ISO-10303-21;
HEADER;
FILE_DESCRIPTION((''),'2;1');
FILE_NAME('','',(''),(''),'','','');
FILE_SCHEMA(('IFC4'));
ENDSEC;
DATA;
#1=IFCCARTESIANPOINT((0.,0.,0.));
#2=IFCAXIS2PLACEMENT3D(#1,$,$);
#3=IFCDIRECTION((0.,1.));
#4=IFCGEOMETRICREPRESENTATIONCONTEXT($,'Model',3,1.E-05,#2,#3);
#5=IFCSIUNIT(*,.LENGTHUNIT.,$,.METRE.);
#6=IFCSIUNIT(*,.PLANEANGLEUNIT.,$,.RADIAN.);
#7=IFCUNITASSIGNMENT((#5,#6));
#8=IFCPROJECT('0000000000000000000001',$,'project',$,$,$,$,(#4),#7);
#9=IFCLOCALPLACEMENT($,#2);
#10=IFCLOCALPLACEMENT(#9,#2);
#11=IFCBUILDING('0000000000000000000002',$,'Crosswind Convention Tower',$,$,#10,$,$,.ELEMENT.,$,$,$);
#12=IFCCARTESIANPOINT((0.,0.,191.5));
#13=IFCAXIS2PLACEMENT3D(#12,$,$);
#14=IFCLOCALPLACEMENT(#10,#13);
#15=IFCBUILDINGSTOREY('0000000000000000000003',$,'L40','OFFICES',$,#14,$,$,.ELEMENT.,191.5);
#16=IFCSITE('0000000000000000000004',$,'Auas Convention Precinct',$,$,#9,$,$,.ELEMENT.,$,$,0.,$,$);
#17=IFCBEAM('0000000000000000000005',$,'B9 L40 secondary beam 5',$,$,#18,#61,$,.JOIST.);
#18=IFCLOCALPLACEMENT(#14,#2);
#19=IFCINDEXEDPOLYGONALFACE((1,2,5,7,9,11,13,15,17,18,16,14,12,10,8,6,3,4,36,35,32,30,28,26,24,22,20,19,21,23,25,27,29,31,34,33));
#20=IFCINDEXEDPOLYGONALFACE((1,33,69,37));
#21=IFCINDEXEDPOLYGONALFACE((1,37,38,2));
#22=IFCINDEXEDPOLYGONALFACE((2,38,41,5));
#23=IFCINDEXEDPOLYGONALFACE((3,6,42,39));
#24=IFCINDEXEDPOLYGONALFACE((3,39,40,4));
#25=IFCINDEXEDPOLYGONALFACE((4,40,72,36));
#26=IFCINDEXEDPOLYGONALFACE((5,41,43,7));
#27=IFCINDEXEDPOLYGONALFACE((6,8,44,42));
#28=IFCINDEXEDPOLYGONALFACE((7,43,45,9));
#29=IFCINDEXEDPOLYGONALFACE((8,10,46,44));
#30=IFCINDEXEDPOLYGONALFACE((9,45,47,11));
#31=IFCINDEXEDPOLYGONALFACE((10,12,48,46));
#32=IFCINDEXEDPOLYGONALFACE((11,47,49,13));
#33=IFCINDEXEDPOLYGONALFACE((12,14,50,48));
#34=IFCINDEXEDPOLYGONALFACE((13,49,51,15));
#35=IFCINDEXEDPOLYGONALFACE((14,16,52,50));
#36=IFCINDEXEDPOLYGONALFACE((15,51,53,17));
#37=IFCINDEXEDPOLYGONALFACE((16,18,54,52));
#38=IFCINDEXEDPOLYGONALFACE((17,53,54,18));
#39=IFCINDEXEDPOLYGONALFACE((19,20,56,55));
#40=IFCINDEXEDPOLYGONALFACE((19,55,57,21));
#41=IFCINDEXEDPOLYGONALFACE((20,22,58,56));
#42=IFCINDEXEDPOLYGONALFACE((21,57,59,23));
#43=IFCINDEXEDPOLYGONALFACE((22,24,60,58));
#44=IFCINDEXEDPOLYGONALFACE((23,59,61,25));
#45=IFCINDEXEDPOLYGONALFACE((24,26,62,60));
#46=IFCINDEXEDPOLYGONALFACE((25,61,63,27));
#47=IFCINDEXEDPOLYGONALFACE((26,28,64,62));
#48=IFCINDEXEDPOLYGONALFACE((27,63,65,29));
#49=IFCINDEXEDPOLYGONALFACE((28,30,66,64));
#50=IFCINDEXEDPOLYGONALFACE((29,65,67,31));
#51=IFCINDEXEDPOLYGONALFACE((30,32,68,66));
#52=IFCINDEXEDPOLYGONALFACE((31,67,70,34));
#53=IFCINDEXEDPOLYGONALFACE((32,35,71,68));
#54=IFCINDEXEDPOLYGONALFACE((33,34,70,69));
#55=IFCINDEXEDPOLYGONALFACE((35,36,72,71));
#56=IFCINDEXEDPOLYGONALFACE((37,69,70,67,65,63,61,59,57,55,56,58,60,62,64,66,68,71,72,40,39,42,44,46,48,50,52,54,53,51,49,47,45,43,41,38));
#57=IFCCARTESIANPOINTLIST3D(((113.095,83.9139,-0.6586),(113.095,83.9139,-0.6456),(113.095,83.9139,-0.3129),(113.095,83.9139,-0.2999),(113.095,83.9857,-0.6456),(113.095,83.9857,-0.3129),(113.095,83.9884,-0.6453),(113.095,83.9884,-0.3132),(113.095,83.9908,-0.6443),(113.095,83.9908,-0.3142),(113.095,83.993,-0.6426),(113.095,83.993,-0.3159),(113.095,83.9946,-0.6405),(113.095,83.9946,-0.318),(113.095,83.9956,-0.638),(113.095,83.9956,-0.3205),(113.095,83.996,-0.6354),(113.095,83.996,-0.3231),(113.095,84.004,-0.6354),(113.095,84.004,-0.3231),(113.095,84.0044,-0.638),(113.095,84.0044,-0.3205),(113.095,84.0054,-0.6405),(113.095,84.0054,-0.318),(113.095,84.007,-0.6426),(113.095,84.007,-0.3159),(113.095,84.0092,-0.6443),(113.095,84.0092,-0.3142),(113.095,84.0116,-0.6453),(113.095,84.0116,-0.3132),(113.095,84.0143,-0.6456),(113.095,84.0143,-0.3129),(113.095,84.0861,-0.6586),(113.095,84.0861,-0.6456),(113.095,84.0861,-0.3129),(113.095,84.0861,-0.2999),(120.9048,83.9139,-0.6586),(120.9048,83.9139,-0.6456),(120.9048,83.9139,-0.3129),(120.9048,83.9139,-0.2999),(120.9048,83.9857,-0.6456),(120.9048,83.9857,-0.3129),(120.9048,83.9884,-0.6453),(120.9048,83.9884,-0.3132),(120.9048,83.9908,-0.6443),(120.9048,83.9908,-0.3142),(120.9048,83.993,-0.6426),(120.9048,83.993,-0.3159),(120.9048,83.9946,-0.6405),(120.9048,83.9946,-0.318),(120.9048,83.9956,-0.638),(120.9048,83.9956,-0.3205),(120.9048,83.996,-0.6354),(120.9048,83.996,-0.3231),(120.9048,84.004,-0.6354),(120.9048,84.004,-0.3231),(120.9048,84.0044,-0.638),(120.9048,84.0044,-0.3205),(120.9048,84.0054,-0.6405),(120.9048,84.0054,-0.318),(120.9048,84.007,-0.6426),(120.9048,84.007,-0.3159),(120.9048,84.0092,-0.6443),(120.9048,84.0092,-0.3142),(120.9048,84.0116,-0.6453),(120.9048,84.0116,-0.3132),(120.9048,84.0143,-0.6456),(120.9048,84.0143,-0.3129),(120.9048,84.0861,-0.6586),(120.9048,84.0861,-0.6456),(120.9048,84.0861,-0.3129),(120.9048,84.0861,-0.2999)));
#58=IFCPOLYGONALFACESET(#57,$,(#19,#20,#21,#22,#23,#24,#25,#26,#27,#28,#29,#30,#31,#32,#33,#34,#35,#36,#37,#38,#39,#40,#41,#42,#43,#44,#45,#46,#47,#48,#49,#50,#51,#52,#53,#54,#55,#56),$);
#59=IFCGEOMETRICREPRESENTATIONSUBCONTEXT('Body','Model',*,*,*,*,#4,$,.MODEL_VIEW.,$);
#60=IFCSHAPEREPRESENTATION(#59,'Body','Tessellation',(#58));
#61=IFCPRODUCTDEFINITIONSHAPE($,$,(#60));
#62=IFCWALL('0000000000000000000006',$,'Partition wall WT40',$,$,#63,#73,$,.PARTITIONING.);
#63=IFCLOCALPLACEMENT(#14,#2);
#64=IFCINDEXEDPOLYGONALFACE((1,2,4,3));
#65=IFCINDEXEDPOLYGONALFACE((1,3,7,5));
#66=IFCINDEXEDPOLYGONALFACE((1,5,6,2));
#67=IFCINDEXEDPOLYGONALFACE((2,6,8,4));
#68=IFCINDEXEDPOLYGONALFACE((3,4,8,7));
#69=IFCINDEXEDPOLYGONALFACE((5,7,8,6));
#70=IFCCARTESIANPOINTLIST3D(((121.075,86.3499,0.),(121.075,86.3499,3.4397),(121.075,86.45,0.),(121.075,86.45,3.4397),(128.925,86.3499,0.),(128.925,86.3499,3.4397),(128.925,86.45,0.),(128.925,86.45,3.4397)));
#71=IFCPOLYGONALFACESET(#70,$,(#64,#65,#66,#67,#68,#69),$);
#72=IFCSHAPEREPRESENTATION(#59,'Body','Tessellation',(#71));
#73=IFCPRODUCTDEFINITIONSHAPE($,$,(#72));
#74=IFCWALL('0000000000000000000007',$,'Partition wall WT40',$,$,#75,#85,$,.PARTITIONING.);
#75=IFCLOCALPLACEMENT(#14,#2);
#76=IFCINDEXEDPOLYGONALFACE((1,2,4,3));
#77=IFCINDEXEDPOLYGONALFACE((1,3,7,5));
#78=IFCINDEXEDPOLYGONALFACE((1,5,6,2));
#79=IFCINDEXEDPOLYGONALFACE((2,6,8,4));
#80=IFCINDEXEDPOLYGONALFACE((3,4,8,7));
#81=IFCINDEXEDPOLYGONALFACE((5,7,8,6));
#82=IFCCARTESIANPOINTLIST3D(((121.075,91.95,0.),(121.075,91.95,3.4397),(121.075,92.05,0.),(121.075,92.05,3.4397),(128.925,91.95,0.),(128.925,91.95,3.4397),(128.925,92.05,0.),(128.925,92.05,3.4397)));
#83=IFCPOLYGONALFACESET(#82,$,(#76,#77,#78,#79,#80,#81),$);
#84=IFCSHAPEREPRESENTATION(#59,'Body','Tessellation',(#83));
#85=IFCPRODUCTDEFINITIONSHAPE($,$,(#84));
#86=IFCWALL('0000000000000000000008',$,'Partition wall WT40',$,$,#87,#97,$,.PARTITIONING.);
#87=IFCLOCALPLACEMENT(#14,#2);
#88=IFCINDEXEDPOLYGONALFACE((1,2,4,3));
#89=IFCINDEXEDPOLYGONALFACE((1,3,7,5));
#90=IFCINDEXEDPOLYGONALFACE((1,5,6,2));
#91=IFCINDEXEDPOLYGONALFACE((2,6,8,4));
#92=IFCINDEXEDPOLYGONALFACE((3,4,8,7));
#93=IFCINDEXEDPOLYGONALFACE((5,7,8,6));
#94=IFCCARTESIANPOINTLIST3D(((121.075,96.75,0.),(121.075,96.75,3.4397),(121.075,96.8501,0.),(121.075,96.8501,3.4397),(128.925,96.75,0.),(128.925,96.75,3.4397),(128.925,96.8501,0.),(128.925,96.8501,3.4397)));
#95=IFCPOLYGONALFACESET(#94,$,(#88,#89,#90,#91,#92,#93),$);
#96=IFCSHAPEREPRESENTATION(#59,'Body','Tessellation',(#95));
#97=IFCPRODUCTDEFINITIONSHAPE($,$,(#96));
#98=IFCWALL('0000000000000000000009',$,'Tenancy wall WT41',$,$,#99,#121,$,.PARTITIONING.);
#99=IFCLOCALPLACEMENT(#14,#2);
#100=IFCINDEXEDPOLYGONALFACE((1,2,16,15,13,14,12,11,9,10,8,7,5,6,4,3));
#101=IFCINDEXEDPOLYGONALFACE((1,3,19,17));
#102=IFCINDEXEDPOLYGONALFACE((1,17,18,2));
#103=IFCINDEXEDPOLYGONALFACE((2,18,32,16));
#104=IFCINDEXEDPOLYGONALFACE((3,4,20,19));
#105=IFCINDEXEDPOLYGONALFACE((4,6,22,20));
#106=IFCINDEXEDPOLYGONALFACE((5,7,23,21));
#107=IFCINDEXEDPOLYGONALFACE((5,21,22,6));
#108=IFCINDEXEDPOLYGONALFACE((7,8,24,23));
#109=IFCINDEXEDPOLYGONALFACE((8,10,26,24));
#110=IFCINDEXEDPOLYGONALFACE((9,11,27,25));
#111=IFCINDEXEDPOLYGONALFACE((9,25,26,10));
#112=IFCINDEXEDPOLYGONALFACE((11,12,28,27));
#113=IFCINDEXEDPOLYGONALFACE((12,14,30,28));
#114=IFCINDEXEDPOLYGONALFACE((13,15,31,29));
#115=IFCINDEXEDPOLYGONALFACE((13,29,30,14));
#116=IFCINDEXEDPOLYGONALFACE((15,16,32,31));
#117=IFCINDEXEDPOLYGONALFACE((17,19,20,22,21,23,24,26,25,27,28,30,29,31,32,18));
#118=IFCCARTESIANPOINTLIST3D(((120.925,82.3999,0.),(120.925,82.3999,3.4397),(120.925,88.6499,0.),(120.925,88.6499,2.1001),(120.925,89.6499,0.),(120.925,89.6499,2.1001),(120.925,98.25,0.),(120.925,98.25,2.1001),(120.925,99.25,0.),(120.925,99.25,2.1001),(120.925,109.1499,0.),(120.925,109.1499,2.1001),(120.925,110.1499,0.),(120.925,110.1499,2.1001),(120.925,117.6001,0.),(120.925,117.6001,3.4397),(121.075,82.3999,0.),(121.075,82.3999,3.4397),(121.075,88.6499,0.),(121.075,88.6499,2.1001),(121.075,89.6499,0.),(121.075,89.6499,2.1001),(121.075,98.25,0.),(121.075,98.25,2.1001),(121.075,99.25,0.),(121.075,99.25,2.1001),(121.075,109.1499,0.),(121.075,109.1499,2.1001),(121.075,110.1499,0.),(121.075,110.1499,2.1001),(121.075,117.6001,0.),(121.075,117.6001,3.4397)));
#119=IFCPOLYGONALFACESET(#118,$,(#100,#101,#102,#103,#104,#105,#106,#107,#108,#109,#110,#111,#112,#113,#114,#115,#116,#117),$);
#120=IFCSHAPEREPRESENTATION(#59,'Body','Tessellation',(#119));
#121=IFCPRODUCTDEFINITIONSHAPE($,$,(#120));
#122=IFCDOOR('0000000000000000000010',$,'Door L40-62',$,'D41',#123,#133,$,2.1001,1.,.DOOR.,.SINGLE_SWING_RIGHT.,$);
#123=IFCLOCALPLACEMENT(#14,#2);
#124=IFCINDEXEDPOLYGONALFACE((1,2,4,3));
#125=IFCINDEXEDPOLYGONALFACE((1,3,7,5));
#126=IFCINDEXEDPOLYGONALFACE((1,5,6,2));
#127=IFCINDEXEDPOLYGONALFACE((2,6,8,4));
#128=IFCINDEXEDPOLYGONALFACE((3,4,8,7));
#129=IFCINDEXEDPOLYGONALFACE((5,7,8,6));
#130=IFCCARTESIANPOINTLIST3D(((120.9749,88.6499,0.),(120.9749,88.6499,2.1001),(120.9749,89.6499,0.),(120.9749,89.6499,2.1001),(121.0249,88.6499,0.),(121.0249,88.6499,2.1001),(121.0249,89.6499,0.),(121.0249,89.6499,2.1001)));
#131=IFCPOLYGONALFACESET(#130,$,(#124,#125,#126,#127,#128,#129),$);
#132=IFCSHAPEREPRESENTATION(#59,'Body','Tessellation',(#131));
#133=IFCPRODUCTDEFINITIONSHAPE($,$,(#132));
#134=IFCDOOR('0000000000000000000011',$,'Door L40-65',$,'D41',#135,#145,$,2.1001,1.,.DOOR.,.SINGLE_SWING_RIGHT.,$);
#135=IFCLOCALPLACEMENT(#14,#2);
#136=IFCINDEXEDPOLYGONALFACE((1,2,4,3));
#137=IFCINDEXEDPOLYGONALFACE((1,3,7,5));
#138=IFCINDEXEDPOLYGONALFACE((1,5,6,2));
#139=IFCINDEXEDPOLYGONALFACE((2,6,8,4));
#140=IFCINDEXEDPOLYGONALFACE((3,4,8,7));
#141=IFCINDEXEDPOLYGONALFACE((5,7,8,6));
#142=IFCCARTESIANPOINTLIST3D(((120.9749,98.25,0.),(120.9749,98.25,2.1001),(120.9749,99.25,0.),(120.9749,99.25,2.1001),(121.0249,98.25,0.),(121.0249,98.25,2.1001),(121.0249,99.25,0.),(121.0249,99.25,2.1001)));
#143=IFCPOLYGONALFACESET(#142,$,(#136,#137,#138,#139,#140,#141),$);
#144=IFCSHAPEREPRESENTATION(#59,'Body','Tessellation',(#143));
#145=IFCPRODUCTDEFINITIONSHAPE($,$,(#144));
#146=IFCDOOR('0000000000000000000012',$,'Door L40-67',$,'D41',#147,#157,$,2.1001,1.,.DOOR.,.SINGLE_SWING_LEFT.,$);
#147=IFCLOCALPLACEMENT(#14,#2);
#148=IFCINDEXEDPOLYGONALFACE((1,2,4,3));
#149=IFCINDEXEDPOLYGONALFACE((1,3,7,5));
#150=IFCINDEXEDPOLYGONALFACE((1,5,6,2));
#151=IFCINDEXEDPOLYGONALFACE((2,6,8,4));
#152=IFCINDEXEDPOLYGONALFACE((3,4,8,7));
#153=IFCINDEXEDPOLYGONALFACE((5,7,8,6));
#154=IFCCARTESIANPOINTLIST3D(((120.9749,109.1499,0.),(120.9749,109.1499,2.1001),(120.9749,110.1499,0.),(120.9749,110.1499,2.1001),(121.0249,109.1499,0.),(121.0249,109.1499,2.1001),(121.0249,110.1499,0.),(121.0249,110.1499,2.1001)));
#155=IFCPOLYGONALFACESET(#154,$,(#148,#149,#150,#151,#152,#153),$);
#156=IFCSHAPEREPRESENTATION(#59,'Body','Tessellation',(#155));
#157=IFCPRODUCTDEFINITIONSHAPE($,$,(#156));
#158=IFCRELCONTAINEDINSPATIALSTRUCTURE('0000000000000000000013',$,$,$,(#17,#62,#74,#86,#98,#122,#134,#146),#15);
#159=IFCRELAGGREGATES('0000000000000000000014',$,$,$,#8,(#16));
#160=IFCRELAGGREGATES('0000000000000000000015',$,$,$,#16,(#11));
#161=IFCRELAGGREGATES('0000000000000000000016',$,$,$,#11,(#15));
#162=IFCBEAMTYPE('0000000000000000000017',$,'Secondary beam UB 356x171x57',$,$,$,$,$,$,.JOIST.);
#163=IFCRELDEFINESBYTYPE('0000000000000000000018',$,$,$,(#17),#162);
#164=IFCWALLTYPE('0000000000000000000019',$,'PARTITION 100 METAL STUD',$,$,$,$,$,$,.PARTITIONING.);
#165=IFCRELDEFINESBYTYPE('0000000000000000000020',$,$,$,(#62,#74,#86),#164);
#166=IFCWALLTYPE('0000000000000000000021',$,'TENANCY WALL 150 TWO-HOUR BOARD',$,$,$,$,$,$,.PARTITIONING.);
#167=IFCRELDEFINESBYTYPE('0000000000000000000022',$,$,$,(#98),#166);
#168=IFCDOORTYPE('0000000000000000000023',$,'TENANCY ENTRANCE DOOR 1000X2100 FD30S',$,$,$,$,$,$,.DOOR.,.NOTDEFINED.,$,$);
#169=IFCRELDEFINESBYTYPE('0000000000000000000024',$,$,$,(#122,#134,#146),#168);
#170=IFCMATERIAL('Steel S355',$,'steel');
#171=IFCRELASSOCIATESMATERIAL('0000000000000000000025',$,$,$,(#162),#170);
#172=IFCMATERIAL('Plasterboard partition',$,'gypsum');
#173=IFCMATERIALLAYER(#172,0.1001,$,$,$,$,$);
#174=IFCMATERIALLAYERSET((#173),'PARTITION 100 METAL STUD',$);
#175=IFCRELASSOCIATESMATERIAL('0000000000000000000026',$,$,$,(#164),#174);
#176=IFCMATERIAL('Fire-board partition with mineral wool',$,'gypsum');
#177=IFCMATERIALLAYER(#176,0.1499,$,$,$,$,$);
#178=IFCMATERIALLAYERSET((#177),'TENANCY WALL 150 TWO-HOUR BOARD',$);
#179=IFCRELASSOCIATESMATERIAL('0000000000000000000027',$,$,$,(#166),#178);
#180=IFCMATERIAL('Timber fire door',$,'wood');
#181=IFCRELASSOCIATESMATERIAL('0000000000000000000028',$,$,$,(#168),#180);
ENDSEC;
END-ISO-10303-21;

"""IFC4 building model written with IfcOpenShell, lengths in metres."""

from ifc_helpers import new_model, si_unit, direction, frame, frame_2d, origin, origin_2d, place, context, subcontext, project, spatial, rectangle, i_section, extrude, material, layer, layer_set, material_profile, profile_set, type_object, element, fill, save


model = new_model("IFC4")

# Units and contexts
model_context = context("Model", 3, precision=1e-05, world=origin(), true_north=direction((0.0, 1.0)))
body_context = subcontext(model_context, "Body", "Model", "MODEL_VIEW")
ifc_project = project(units=[si_unit("LENGTHUNIT", "METRE"), si_unit("PLANEANGLEUNIT", "RADIAN")], contexts=[model_context])

# Site, building, storey
site_placement = place(None, origin())
site = spatial("IfcSite", under=ifc_project, at=site_placement, Name="Auas Convention Precinct", CompositionType="ELEMENT", RefElevation=0.0)
building_placement = place(site_placement, origin())
building = spatial("IfcBuilding", under=site, at=building_placement, Name="Crosswind Convention Tower", CompositionType="ELEMENT")
storey_placement = place(building_placement, frame((0.0, 0.0, 191.5)))
storey = spatial("IfcBuildingStorey", under=building, at=storey_placement, Name="L40", Description="OFFICES", CompositionType="ELEMENT", Elevation=191.5)

# Beam
ifc_material_1 = material(Name="Steel S355", Category="steel")
ifc_material_profile_1 = material_profile(ifc_material_1, i_section(OverallWidth=0.1721, OverallDepth=0.3586, WebThickness=0.0081, FlangeThickness=0.0129, FilletRadius=0.0103, at=origin_2d()), Name="UB 356x171x57")
ifc_profile_set_1 = profile_set([ifc_material_profile_1], Name="Steel S355")
beam_type_1 = type_object("IfcBeamType", Name="Secondary beam UB 356x171x57", PredefinedType="JOIST", material=ifc_profile_set_1)
beam_1_placement = place(storey_placement, frame((113.095, 84.0, -0.4792), z_axis=(1.0, 0.0, 0.0), x_axis=(0.0, 1.0, 0.0)))
element("IfcBeam", 1, at=beam_1_placement, inside=storey, type_object=beam_type_1, Name="B9 L40 secondary beam 5", PredefinedType="JOIST", context=body_context, shape_type="SweptSolid", body=[
    extrude(i_section(OverallWidth=0.1721, OverallDepth=0.3586, WebThickness=0.0081, FlangeThickness=0.0129, FilletRadius=0.0103, at=origin_2d()), origin(), (0.0, 0.0, 1.0), 7.8098),
])

# Walls
ifc_material_2 = material(Name="Plasterboard partition", Category="gypsum")
ifc_layer_1 = layer(ifc_material_2, 0.1001)
ifc_layer_set_1 = layer_set([ifc_layer_1], Name="PARTITION 100 METAL STUD")
wall_type_1 = type_object("IfcWallType", Name="PARTITION 100 METAL STUD", PredefinedType="PARTITIONING", material=ifc_layer_set_1)
for number, where, z_axis, x_axis, name in (
    (2, (121.075, 86.3999, 0.0), (0.0, 0.0, 1.0), (1.0, 0.0, 0.0), "Partition wall WT40"),
    (3, (121.075, 92.0, 0.0), (0.0, 0.0, 1.0), (1.0, 0.0, 0.0), "Partition wall WT40"),
    (4, (121.075, 96.8, 0.0), (0.0, 0.0, 1.0), (1.0, 0.0, 0.0), "Partition wall WT40"),
):
    element("IfcWall", number, at=place(storey_placement, frame(where, z_axis=z_axis, x_axis=x_axis)), inside=storey, type_object=wall_type_1, Name=name, PredefinedType="PARTITIONING", context=body_context, shape_type="SweptSolid", body=[
        extrude(rectangle(XDim=7.8501, YDim=0.1001, at=frame_2d((3.925, 0.0))), origin(), (0.0, 0.0, 1.0), 3.4397),
    ])

# Wall, openings, doors
ifc_material_3 = material(Name="Fire-board partition with mineral wool", Category="gypsum")
ifc_layer_2 = layer(ifc_material_3, 0.1499)
ifc_layer_set_2 = layer_set([ifc_layer_2], Name="TENANCY WALL 150 TWO-HOUR BOARD")
wall_type_2 = type_object("IfcWallType", Name="TENANCY WALL 150 TWO-HOUR BOARD", PredefinedType="PARTITIONING", material=ifc_layer_set_2)
wall_1_placement = place(storey_placement, frame((121.0, 82.3999, 0.0), z_axis=(0.0, 0.0, 1.0), x_axis=(0.0, 1.0, 0.0)))
wall_1 = element("IfcWall", 5, at=wall_1_placement, inside=storey, type_object=wall_type_2, Name="Tenancy wall WT41", PredefinedType="PARTITIONING", context=body_context, shape_type="SweptSolid", body=[
    extrude(rectangle(XDim=35.2002, YDim=0.1499, at=frame_2d((17.6001, 0.0))), origin(), (0.0, 0.0, 1.0), 3.4397),
])
opening_1_placement = place(wall_1_placement, frame((6.25, 0.0, 0.0)))
opening_1 = element("IfcOpeningElement", 6, at=opening_1_placement, cuts=wall_1, PredefinedType="OPENING", context=body_context, shape_type="SweptSolid", body=[
    extrude(rectangle(XDim=1.0, YDim=2.1001, at=frame_2d((0.5, 1.05))), frame((0.0, 0.085, 0.0), z_axis=(0.0, -1.0, 0.0), x_axis=(1.0, 0.0, 0.0)), (0.0, 0.0, 1.0), 0.1699),
])
opening_2_placement = place(wall_1_placement, frame((15.8501, 0.0, 0.0)))
opening_2 = element("IfcOpeningElement", 7, at=opening_2_placement, cuts=wall_1, PredefinedType="OPENING", context=body_context, shape_type="SweptSolid", body=[
    extrude(rectangle(XDim=1.0, YDim=2.1001, at=frame_2d((0.5, 1.05))), frame((0.0, 0.085, 0.0), z_axis=(0.0, -1.0, 0.0), x_axis=(1.0, 0.0, 0.0)), (0.0, 0.0, 1.0), 0.1699),
])
opening_3_placement = place(wall_1_placement, frame((26.75, 0.0, 0.0)))
opening_3 = element("IfcOpeningElement", 8, at=opening_3_placement, cuts=wall_1, PredefinedType="OPENING", context=body_context, shape_type="SweptSolid", body=[
    extrude(rectangle(XDim=1.0, YDim=2.1001, at=frame_2d((0.5, 1.05))), frame((0.0, 0.085, 0.0), z_axis=(0.0, -1.0, 0.0), x_axis=(1.0, 0.0, 0.0)), (0.0, 0.0, 1.0), 0.1699),
])
ifc_material_4 = material(Name="Timber fire door", Category="wood")
door_type = type_object("IfcDoorType", Name="TENANCY ENTRANCE DOOR 1000X2100 FD30S", OperationType="NOTDEFINED", PredefinedType="DOOR", material=ifc_material_4)
door_1_placement = place(opening_1_placement, frame((1.0, 0.0, 0.0), z_axis=(0.0, 0.0, 1.0), x_axis=(-1.0, 0.0, 0.0)))
door_1 = element("IfcDoor", 9, at=door_1_placement, inside=storey, type_object=door_type, Name="Door L40-62", ObjectType="D41", OperationType="SINGLE_SWING_RIGHT", OverallHeight=2.1001, OverallWidth=1.0, PredefinedType="DOOR", context=body_context, shape_type="SweptSolid", body=[
    extrude(rectangle(XDim=1.0, YDim=2.1001, at=frame_2d((0.5, 1.05))), frame((0.0, 0.0249, 0.0), z_axis=(0.0, -1.0, 0.0), x_axis=(1.0, 0.0, 0.0)), (0.0, 0.0, 1.0), 0.05),
])
fill(opening_1, door_1)
door_2_placement = place(opening_2_placement, frame((1.0, 0.0, 0.0), z_axis=(0.0, 0.0, 1.0), x_axis=(-1.0, 0.0, 0.0)))
door_2 = element("IfcDoor", 10, at=door_2_placement, inside=storey, type_object=door_type, Name="Door L40-65", ObjectType="D41", OperationType="SINGLE_SWING_RIGHT", OverallHeight=2.1001, OverallWidth=1.0, PredefinedType="DOOR", context=body_context, shape_type="SweptSolid", body=[
    extrude(rectangle(XDim=1.0, YDim=2.1001, at=frame_2d((0.5, 1.05))), frame((0.0, 0.0249, 0.0), z_axis=(0.0, -1.0, 0.0), x_axis=(1.0, 0.0, 0.0)), (0.0, 0.0, 1.0), 0.05),
])
fill(opening_2, door_2)
door_3_placement = place(opening_3_placement, frame((1.0, 0.0, 0.0), z_axis=(0.0, 0.0, 1.0), x_axis=(-1.0, 0.0, 0.0)))
door_3 = element("IfcDoor", 11, at=door_3_placement, inside=storey, type_object=door_type, Name="Door L40-67", ObjectType="D41", OperationType="SINGLE_SWING_LEFT", OverallHeight=2.1001, OverallWidth=1.0, PredefinedType="DOOR", context=body_context, shape_type="SweptSolid", body=[
    extrude(rectangle(XDim=1.0, YDim=2.1001, at=frame_2d((0.5, 1.05))), frame((0.0, 0.0249, 0.0), z_axis=(0.0, -1.0, 0.0), x_axis=(1.0, 0.0, 0.0)), (0.0, 0.0, 1.0), 0.05),
])
fill(opening_3, door_3)

save(model, "model.ifc")
